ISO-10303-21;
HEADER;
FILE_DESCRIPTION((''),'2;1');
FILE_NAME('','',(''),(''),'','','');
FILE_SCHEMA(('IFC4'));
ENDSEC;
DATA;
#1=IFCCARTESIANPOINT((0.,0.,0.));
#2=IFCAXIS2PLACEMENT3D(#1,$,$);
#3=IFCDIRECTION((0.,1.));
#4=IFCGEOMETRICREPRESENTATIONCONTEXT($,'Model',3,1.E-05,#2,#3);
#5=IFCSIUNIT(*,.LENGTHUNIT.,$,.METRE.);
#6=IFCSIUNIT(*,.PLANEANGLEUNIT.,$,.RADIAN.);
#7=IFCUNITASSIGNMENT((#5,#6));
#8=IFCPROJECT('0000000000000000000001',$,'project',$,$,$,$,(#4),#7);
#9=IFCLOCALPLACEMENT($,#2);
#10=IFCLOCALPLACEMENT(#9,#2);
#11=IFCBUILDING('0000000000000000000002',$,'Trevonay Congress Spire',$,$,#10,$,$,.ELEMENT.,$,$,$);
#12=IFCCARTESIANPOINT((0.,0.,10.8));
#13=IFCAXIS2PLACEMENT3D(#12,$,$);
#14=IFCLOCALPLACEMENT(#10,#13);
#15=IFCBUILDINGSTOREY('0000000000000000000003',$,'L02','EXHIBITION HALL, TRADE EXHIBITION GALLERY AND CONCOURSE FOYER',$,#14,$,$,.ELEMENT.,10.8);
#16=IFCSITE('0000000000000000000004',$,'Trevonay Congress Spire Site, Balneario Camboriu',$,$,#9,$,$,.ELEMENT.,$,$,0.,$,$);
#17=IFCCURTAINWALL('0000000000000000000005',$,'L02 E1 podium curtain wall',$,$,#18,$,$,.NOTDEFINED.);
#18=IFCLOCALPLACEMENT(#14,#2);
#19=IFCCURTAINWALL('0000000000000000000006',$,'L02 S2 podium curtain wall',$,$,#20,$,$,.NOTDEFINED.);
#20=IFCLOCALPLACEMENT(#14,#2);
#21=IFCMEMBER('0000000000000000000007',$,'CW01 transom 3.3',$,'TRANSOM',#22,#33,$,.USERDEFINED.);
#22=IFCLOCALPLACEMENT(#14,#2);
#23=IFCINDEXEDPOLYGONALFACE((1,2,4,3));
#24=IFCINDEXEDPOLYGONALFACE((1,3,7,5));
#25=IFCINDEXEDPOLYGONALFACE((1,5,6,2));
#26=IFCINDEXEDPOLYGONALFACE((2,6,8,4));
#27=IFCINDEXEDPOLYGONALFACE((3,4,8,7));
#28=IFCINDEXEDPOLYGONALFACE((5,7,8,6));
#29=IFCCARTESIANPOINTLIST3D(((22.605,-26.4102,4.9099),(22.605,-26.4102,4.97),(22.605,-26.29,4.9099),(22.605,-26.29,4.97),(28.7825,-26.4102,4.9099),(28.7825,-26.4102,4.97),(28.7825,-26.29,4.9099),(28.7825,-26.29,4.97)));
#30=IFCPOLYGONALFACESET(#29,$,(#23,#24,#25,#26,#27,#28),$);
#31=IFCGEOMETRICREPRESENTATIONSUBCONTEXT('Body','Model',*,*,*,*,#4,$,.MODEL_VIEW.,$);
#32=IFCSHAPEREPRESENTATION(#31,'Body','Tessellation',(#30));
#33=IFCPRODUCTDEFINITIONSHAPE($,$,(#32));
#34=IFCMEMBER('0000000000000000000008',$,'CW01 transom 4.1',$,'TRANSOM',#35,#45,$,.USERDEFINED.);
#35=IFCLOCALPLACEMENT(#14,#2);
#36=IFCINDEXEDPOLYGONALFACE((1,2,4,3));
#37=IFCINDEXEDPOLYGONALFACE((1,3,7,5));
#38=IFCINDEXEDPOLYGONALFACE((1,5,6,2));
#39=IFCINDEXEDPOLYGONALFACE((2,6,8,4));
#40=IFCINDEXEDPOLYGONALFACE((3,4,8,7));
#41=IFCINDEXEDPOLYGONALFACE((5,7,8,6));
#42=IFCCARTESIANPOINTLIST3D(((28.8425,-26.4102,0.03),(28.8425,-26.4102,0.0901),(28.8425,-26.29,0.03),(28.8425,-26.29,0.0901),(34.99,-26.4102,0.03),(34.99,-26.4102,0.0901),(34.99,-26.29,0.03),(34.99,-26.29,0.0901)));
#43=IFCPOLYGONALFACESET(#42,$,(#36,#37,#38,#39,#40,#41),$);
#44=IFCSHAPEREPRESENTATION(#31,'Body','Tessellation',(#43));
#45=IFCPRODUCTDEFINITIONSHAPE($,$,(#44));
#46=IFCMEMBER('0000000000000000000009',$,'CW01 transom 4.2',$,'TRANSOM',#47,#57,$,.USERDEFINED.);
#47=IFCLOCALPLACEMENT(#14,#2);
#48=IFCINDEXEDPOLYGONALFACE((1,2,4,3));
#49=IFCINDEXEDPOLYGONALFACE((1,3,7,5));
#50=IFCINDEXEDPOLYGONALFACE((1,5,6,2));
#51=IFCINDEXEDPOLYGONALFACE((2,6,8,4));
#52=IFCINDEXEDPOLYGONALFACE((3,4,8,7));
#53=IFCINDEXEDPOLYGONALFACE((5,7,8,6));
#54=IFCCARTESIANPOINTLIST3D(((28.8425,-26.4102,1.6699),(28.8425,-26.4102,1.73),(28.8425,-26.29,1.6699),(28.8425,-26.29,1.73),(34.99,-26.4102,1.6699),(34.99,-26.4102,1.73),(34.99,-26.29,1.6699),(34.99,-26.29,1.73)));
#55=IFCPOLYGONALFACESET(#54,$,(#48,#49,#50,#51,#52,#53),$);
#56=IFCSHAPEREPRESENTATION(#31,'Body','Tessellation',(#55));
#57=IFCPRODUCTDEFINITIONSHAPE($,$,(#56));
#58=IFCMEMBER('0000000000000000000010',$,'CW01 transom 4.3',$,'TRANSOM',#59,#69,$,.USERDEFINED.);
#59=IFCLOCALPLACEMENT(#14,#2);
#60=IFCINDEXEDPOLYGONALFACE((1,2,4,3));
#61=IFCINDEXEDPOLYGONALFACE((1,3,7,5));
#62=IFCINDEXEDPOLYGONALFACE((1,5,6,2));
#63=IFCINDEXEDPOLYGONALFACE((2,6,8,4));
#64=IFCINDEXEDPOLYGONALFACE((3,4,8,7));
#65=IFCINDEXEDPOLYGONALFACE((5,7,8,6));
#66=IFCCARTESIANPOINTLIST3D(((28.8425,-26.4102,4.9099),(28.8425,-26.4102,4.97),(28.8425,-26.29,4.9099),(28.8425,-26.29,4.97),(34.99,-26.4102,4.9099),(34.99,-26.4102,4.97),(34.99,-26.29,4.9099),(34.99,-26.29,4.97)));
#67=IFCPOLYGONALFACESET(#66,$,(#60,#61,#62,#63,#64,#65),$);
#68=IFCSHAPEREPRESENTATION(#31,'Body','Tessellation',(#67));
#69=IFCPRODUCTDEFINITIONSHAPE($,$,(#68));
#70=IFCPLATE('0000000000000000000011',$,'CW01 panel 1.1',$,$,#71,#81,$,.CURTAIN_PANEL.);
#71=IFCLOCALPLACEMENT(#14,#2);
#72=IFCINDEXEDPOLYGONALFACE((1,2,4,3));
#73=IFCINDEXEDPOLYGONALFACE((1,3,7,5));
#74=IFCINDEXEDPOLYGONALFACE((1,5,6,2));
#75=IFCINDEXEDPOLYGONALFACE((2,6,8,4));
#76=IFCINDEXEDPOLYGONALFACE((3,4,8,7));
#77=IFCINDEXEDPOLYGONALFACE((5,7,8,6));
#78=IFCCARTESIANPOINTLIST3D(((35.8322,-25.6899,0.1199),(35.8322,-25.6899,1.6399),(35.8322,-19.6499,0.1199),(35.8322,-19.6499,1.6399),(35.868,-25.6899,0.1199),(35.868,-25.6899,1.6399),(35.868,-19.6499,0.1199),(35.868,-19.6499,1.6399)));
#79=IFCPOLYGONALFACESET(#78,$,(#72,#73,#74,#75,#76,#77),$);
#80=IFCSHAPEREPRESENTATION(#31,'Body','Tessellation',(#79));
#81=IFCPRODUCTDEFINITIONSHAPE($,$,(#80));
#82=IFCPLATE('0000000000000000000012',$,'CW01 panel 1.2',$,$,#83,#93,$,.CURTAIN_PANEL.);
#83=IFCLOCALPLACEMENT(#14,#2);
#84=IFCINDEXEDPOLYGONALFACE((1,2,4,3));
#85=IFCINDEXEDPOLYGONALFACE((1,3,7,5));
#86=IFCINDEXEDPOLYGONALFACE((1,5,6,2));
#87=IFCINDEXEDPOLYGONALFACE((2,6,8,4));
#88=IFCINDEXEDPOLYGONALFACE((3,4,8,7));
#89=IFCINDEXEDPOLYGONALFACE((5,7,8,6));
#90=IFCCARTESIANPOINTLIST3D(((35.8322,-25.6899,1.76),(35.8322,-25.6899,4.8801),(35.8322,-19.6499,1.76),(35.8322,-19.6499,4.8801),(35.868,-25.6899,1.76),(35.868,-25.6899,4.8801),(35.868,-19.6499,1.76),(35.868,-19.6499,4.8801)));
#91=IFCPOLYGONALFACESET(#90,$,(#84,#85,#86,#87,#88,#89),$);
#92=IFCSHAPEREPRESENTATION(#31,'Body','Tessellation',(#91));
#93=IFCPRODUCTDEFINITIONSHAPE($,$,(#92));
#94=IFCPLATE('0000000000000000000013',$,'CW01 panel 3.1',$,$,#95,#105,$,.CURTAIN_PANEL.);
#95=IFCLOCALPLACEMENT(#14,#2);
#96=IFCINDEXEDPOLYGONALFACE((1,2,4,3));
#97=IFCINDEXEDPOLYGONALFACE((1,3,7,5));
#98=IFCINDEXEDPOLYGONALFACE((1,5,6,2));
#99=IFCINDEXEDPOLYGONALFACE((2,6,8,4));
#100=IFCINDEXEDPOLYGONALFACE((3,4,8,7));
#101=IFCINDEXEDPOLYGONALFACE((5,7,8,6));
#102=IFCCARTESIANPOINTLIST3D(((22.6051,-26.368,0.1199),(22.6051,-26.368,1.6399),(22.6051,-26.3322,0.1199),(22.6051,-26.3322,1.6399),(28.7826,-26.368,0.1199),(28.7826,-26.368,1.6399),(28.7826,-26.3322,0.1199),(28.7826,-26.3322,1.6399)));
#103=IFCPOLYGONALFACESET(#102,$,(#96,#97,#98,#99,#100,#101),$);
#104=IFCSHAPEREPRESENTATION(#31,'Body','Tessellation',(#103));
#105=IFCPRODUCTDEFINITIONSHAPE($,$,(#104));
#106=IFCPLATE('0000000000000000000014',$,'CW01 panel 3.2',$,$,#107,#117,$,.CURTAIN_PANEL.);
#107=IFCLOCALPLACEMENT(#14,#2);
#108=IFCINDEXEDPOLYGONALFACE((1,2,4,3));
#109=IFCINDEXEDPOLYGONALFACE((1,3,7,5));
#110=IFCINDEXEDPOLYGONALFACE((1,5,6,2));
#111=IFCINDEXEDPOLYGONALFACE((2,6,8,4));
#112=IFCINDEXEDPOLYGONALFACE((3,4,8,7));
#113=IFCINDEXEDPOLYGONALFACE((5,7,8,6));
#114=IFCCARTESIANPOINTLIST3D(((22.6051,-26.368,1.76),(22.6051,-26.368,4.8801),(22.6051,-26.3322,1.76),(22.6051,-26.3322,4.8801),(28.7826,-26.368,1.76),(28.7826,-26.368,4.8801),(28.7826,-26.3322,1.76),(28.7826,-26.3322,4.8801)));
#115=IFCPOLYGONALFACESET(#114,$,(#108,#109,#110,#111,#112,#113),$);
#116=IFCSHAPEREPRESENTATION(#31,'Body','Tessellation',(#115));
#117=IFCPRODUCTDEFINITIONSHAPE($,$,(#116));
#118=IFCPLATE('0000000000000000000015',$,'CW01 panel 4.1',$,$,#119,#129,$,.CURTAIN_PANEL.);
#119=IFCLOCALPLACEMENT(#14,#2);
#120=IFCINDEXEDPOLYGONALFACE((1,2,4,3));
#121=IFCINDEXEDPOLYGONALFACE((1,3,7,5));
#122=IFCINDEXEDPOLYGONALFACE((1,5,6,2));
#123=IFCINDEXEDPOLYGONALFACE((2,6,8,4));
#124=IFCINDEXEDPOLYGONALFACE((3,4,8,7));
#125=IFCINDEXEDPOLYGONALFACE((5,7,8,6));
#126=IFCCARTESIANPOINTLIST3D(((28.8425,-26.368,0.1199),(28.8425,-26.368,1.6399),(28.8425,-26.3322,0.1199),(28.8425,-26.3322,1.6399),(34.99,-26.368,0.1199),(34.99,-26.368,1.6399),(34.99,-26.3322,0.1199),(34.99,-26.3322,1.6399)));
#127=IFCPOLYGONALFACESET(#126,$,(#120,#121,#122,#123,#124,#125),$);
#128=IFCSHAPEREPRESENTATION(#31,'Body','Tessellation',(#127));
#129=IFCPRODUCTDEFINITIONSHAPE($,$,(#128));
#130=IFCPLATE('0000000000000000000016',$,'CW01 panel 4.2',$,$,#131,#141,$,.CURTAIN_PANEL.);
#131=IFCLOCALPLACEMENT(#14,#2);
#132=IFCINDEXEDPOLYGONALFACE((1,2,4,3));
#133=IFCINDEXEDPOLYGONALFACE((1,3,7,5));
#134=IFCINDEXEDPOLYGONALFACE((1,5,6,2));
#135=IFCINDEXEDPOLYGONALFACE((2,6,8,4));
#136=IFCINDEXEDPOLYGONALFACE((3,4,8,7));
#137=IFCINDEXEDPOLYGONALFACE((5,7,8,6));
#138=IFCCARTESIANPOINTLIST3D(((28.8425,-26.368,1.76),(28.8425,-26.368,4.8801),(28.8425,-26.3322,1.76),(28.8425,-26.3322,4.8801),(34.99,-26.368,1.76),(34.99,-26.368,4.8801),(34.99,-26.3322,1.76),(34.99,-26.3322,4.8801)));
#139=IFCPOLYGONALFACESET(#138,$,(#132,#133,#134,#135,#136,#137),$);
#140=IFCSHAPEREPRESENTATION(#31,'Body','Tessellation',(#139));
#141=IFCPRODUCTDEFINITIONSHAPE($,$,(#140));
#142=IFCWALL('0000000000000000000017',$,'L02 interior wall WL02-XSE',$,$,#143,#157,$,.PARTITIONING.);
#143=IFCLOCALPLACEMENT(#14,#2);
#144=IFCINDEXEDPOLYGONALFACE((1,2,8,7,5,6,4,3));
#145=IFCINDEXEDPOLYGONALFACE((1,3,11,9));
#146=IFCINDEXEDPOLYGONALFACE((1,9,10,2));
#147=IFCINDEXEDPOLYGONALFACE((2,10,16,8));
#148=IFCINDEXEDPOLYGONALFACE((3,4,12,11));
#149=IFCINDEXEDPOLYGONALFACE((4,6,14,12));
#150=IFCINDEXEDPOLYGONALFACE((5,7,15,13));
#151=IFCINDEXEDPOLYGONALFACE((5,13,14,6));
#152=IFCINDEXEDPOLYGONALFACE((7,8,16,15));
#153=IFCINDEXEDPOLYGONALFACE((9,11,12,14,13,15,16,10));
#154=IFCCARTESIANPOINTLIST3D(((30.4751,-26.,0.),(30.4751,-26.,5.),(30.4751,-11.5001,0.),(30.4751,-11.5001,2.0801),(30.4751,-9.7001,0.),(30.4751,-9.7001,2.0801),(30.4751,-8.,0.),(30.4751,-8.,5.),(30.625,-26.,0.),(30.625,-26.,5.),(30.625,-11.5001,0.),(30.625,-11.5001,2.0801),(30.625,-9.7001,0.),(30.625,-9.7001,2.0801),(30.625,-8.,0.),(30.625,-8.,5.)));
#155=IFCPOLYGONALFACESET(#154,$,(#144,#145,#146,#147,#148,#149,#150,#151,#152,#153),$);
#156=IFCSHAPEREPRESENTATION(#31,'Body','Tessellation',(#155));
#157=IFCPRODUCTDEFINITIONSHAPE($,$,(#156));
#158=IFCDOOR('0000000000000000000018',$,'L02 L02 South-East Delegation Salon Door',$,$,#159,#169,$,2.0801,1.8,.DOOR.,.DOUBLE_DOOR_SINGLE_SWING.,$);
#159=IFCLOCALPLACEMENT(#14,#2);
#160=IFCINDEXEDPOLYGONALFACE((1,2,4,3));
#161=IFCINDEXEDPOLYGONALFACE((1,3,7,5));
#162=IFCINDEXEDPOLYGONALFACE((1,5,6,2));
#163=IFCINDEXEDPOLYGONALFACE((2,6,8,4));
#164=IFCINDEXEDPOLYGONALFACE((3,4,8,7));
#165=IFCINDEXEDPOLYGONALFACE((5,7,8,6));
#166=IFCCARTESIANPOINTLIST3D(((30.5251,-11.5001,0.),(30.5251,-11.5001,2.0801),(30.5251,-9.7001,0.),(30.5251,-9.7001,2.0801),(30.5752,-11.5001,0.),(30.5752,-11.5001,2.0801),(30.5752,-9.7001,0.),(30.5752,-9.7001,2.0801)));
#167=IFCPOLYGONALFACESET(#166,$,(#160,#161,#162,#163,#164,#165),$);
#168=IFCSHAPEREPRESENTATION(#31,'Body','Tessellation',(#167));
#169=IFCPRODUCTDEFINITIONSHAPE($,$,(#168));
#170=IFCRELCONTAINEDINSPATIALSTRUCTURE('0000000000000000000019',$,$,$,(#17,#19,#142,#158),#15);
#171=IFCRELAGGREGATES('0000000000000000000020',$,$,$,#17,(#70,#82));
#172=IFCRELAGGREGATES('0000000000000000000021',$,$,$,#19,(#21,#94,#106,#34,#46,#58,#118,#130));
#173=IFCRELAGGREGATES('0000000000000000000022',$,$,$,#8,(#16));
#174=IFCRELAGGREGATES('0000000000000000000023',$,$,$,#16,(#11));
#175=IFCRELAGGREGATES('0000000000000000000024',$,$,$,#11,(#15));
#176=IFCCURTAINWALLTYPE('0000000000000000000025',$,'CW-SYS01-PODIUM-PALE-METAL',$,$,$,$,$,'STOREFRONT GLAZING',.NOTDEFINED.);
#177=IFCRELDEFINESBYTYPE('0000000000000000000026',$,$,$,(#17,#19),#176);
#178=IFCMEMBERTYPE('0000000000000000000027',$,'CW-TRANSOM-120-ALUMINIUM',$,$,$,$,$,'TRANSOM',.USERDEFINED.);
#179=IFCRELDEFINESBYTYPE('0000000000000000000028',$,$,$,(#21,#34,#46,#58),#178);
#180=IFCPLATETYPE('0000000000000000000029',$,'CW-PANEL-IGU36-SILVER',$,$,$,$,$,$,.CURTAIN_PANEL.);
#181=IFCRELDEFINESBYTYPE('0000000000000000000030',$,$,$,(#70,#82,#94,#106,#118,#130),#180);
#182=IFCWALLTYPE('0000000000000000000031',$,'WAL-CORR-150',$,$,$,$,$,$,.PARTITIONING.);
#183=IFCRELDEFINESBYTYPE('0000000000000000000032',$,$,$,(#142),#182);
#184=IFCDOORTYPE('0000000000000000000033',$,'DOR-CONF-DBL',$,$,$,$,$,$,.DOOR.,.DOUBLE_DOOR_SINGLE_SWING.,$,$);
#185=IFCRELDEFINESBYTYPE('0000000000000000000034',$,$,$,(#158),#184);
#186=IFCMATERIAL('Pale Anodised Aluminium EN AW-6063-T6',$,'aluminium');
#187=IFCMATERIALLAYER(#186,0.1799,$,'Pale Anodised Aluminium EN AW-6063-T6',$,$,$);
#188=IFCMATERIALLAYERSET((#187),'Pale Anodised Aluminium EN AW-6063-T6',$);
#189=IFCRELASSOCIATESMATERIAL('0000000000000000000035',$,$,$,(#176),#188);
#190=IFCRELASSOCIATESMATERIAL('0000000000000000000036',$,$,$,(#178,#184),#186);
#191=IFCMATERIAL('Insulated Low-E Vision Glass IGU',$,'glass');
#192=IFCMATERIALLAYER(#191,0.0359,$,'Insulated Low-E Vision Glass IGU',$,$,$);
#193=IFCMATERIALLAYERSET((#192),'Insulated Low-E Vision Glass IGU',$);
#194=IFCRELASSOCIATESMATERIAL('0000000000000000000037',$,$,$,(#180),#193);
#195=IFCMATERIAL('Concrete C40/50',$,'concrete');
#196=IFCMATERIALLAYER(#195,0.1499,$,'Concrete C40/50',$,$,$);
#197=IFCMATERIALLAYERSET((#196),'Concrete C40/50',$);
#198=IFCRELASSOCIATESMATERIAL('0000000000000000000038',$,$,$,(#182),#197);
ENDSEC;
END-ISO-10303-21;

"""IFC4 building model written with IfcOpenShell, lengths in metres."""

from ifc_helpers import new_model, si_unit, direction, frame, frame_2d, origin, origin_2d, place, context, subcontext, project, spatial, rectangle, extrude, material, layer, layer_set, material_profile, profile_set, type_object, element, fill, aggregate, save


model = new_model("IFC4")

# Units and contexts
model_context = context("Model", 3, precision=1e-05, world=origin(), true_north=direction((0.0, 1.0)))
body_context = subcontext(model_context, "Body", "Model", "MODEL_VIEW")
ifc_project = project(units=[si_unit("LENGTHUNIT", "METRE"), si_unit("PLANEANGLEUNIT", "RADIAN")], contexts=[model_context])

# Site, building, storey
site_placement = place(None, origin())
site = spatial("IfcSite", under=ifc_project, at=site_placement, Name="Trevonay Congress Spire Site, Balneario Camboriu", CompositionType="ELEMENT", RefElevation=0.0)
building_placement = place(site_placement, origin())
building = spatial("IfcBuilding", under=site, at=building_placement, Name="Trevonay Congress Spire", CompositionType="ELEMENT")
storey_placement = place(building_placement, frame((0.0, 0.0, 10.8)))
storey = spatial("IfcBuildingStorey", under=building, at=storey_placement, Name="L02", Description="EXHIBITION HALL, TRADE EXHIBITION GALLERY AND CONCOURSE FOYER", CompositionType="ELEMENT", Elevation=10.8)

# Curtain walls
ifc_material_1 = material(Name="Pale Anodised Aluminium EN AW-6063-T6", Category="aluminium")
ifc_layer_1 = layer(ifc_material_1, 0.1799, Name="Pale Anodised Aluminium EN AW-6063-T6")
ifc_layer_set_1 = layer_set([ifc_layer_1], Name="Pale Anodised Aluminium EN AW-6063-T6")
curtain_wall_type = type_object("IfcCurtainWallType", Name="CW-SYS01-PODIUM-PALE-METAL", ElementType="STOREFRONT GLAZING", PredefinedType="NOTDEFINED", material=ifc_layer_set_1)
curtain_wall_1_placement = place(storey_placement, origin())
curtain_wall_1 = element("IfcCurtainWall", 1, at=curtain_wall_1_placement, inside=storey, type_object=curtain_wall_type, Name="L02 E1 podium curtain wall", PredefinedType="NOTDEFINED")
curtain_wall_2_placement = place(storey_placement, origin())
curtain_wall_2 = element("IfcCurtainWall", 2, at=curtain_wall_2_placement, inside=storey, type_object=curtain_wall_type, Name="L02 S2 podium curtain wall", PredefinedType="NOTDEFINED")

# Members
ifc_material_profile_1 = material_profile(ifc_material_1, rectangle(XDim=0.1201, YDim=0.0601, at=origin_2d()), Name="CW-TRANSOM-120-ALUMINIUM")
ifc_profile_set_1 = profile_set([ifc_material_profile_1], Name="Pale Anodised Aluminium EN AW-6063-T6")
member_type_1 = type_object("IfcMemberType", Name="CW-TRANSOM-120-ALUMINIUM", ElementType="TRANSOM", PredefinedType="USERDEFINED", material=ifc_profile_set_1)
member_1_placement = place(storey_placement, frame((22.605, -26.3501, 4.9399), z_axis=(1.0, 0.0, 0.0), x_axis=(0.0, 1.0, 0.0)))
member_1 = element("IfcMember", 3, at=member_1_placement, type_object=member_type_1, Name="CW01 transom 3.3", ObjectType="TRANSOM", PredefinedType="USERDEFINED", context=body_context, shape_type="SweptSolid", body=[
    extrude(rectangle(XDim=0.1201, YDim=0.0601, at=origin_2d()), origin(), (0.0, 0.0, 1.0), 6.1775),
])
member_2_placement = place(storey_placement, frame((28.8425, -26.3501, 0.0601), z_axis=(1.0, 0.0, 0.0), x_axis=(0.0, 1.0, 0.0)))
member_2 = element("IfcMember", 4, at=member_2_placement, type_object=member_type_1, Name="CW01 transom 4.1", ObjectType="TRANSOM", PredefinedType="USERDEFINED", context=body_context, shape_type="SweptSolid", body=[
    extrude(rectangle(XDim=0.1201, YDim=0.0601, at=origin_2d()), origin(), (0.0, 0.0, 1.0), 6.1475),
])
member_3_placement = place(storey_placement, frame((28.8425, -26.3501, 1.7), z_axis=(1.0, 0.0, 0.0), x_axis=(0.0, 1.0, 0.0)))
member_3 = element("IfcMember", 5, at=member_3_placement, type_object=member_type_1, Name="CW01 transom 4.2", ObjectType="TRANSOM", PredefinedType="USERDEFINED", context=body_context, shape_type="SweptSolid", body=[
    extrude(rectangle(XDim=0.1201, YDim=0.0601, at=origin_2d()), origin(), (0.0, 0.0, 1.0), 6.1475),
])
member_4_placement = place(storey_placement, frame((28.8425, -26.3501, 4.9399), z_axis=(1.0, 0.0, 0.0), x_axis=(0.0, 1.0, 0.0)))
member_4 = element("IfcMember", 6, at=member_4_placement, type_object=member_type_1, Name="CW01 transom 4.3", ObjectType="TRANSOM", PredefinedType="USERDEFINED", context=body_context, shape_type="SweptSolid", body=[
    extrude(rectangle(XDim=0.1201, YDim=0.0601, at=origin_2d()), origin(), (0.0, 0.0, 1.0), 6.1475),
])

# Plates
ifc_material_2 = material(Name="Insulated Low-E Vision Glass IGU", Category="glass")
ifc_layer_2 = layer(ifc_material_2, 0.0359, Name="Insulated Low-E Vision Glass IGU")
ifc_layer_set_2 = layer_set([ifc_layer_2], Name="Insulated Low-E Vision Glass IGU")
plate_type = type_object("IfcPlateType", Name="CW-PANEL-IGU36-SILVER", PredefinedType="CURTAIN_PANEL", material=ifc_layer_set_2)
plate_1_placement = place(storey_placement, frame((35.8501, -22.6699, 0.1199), z_axis=(0.0, 0.0, 1.0), x_axis=(0.0, 1.0, 0.0)))
plate_1 = element("IfcPlate", 7, at=plate_1_placement, type_object=plate_type, Name="CW01 panel 1.1", PredefinedType="CURTAIN_PANEL", context=body_context, shape_type="SweptSolid", body=[
    extrude(rectangle(XDim=6.04, YDim=0.0359, at=origin_2d()), origin(), (0.0, 0.0, 1.0), 1.52),
])
plate_2_placement = place(storey_placement, frame((35.8501, -22.6699, 1.76), z_axis=(0.0, 0.0, 1.0), x_axis=(0.0, 1.0, 0.0)))
plate_2 = element("IfcPlate", 8, at=plate_2_placement, type_object=plate_type, Name="CW01 panel 1.2", PredefinedType="CURTAIN_PANEL", context=body_context, shape_type="SweptSolid", body=[
    extrude(rectangle(XDim=6.04, YDim=0.0359, at=origin_2d()), origin(), (0.0, 0.0, 1.0), 3.1201),
])
aggregate(curtain_wall_1, [plate_1, plate_2])
plate_3_placement = place(storey_placement, frame((25.6938, -26.3501, 0.1199), z_axis=(0.0, 0.0, 1.0), x_axis=(1.0, 0.0, 0.0)))
plate_3 = element("IfcPlate", 9, at=plate_3_placement, type_object=plate_type, Name="CW01 panel 3.1", PredefinedType="CURTAIN_PANEL", context=body_context, shape_type="SweptSolid", body=[
    extrude(rectangle(XDim=6.1775, YDim=0.0359, at=origin_2d()), origin(), (0.0, 0.0, 1.0), 1.52),
])
plate_4_placement = place(storey_placement, frame((25.6938, -26.3501, 1.76), z_axis=(0.0, 0.0, 1.0), x_axis=(1.0, 0.0, 0.0)))
plate_4 = element("IfcPlate", 10, at=plate_4_placement, type_object=plate_type, Name="CW01 panel 3.2", PredefinedType="CURTAIN_PANEL", context=body_context, shape_type="SweptSolid", body=[
    extrude(rectangle(XDim=6.1775, YDim=0.0359, at=origin_2d()), origin(), (0.0, 0.0, 1.0), 3.1201),
])
plate_5_placement = place(storey_placement, frame((31.9163, -26.3501, 0.1199), z_axis=(0.0, 0.0, 1.0), x_axis=(1.0, 0.0, 0.0)))
plate_5 = element("IfcPlate", 11, at=plate_5_placement, type_object=plate_type, Name="CW01 panel 4.1", PredefinedType="CURTAIN_PANEL", context=body_context, shape_type="SweptSolid", body=[
    extrude(rectangle(XDim=6.1475, YDim=0.0359, at=origin_2d()), origin(), (0.0, 0.0, 1.0), 1.52),
])
plate_6_placement = place(storey_placement, frame((31.9163, -26.3501, 1.76), z_axis=(0.0, 0.0, 1.0), x_axis=(1.0, 0.0, 0.0)))
plate_6 = element("IfcPlate", 12, at=plate_6_placement, type_object=plate_type, Name="CW01 panel 4.2", PredefinedType="CURTAIN_PANEL", context=body_context, shape_type="SweptSolid", body=[
    extrude(rectangle(XDim=6.1475, YDim=0.0359, at=origin_2d()), origin(), (0.0, 0.0, 1.0), 3.1201),
])
aggregate(curtain_wall_2, [member_1, plate_3, plate_4, member_2, member_3, member_4, plate_5, plate_6])

# Wall, opening, door
ifc_material_3 = material(Name="Concrete C40/50", Category="concrete")
ifc_layer_3 = layer(ifc_material_3, 0.1499, Name="Concrete C40/50")
ifc_layer_set_3 = layer_set([ifc_layer_3], Name="Concrete C40/50")
wall_type_1 = type_object("IfcWallType", Name="WAL-CORR-150", PredefinedType="PARTITIONING", material=ifc_layer_set_3)
wall_1_placement = place(storey_placement, frame((30.55, -26.0, 0.0), z_axis=(0.0, 0.0, 1.0), x_axis=(0.0, 1.0, 0.0)))
wall_1 = element("IfcWall", 13, at=wall_1_placement, inside=storey, type_object=wall_type_1, Name="L02 interior wall WL02-XSE", PredefinedType="PARTITIONING", context=body_context, shape_type="SweptSolid", body=[
    extrude(rectangle(XDim=18.0, YDim=0.1499, at=frame_2d((9.0, 0.0))), origin(), (0.0, 0.0, 1.0), 5.0),
])
opening_1_placement = place(wall_1_placement, frame((14.5, 0.0, 0.0)))
opening_1 = element("IfcOpeningElement", 14, at=opening_1_placement, cuts=wall_1, PredefinedType="OPENING", context=body_context, shape_type="SweptSolid", body=[
    extrude(rectangle(XDim=1.8, YDim=2.0801, at=frame_2d((0.8999, 1.04))), frame((0.0, 0.085, 0.0), z_axis=(0.0, -1.0, 0.0), x_axis=(1.0, 0.0, 0.0)), (0.0, 0.0, 1.0), 0.1699),
])
door_type_1 = type_object("IfcDoorType", Name="DOR-CONF-DBL", OperationType="DOUBLE_DOOR_SINGLE_SWING", PredefinedType="DOOR", material=ifc_material_1)
door_1_placement = place(opening_1_placement, origin())
door_1 = element("IfcDoor", 15, at=door_1_placement, inside=storey, type_object=door_type_1, Name="L02 L02 South-East Delegation Salon Door", OperationType="DOUBLE_DOOR_SINGLE_SWING", OverallHeight=2.0801, OverallWidth=1.8, PredefinedType="DOOR", context=body_context, shape_type="SweptSolid", body=[
    extrude(rectangle(XDim=1.8, YDim=2.0801, at=frame_2d((0.8999, 1.04))), frame((0.0, 0.0249, 0.0), z_axis=(0.0, -1.0, 0.0), x_axis=(1.0, 0.0, 0.0)), (0.0, 0.0, 1.0), 0.05),
])
fill(opening_1, door_1)

save(model, "model.ifc")
